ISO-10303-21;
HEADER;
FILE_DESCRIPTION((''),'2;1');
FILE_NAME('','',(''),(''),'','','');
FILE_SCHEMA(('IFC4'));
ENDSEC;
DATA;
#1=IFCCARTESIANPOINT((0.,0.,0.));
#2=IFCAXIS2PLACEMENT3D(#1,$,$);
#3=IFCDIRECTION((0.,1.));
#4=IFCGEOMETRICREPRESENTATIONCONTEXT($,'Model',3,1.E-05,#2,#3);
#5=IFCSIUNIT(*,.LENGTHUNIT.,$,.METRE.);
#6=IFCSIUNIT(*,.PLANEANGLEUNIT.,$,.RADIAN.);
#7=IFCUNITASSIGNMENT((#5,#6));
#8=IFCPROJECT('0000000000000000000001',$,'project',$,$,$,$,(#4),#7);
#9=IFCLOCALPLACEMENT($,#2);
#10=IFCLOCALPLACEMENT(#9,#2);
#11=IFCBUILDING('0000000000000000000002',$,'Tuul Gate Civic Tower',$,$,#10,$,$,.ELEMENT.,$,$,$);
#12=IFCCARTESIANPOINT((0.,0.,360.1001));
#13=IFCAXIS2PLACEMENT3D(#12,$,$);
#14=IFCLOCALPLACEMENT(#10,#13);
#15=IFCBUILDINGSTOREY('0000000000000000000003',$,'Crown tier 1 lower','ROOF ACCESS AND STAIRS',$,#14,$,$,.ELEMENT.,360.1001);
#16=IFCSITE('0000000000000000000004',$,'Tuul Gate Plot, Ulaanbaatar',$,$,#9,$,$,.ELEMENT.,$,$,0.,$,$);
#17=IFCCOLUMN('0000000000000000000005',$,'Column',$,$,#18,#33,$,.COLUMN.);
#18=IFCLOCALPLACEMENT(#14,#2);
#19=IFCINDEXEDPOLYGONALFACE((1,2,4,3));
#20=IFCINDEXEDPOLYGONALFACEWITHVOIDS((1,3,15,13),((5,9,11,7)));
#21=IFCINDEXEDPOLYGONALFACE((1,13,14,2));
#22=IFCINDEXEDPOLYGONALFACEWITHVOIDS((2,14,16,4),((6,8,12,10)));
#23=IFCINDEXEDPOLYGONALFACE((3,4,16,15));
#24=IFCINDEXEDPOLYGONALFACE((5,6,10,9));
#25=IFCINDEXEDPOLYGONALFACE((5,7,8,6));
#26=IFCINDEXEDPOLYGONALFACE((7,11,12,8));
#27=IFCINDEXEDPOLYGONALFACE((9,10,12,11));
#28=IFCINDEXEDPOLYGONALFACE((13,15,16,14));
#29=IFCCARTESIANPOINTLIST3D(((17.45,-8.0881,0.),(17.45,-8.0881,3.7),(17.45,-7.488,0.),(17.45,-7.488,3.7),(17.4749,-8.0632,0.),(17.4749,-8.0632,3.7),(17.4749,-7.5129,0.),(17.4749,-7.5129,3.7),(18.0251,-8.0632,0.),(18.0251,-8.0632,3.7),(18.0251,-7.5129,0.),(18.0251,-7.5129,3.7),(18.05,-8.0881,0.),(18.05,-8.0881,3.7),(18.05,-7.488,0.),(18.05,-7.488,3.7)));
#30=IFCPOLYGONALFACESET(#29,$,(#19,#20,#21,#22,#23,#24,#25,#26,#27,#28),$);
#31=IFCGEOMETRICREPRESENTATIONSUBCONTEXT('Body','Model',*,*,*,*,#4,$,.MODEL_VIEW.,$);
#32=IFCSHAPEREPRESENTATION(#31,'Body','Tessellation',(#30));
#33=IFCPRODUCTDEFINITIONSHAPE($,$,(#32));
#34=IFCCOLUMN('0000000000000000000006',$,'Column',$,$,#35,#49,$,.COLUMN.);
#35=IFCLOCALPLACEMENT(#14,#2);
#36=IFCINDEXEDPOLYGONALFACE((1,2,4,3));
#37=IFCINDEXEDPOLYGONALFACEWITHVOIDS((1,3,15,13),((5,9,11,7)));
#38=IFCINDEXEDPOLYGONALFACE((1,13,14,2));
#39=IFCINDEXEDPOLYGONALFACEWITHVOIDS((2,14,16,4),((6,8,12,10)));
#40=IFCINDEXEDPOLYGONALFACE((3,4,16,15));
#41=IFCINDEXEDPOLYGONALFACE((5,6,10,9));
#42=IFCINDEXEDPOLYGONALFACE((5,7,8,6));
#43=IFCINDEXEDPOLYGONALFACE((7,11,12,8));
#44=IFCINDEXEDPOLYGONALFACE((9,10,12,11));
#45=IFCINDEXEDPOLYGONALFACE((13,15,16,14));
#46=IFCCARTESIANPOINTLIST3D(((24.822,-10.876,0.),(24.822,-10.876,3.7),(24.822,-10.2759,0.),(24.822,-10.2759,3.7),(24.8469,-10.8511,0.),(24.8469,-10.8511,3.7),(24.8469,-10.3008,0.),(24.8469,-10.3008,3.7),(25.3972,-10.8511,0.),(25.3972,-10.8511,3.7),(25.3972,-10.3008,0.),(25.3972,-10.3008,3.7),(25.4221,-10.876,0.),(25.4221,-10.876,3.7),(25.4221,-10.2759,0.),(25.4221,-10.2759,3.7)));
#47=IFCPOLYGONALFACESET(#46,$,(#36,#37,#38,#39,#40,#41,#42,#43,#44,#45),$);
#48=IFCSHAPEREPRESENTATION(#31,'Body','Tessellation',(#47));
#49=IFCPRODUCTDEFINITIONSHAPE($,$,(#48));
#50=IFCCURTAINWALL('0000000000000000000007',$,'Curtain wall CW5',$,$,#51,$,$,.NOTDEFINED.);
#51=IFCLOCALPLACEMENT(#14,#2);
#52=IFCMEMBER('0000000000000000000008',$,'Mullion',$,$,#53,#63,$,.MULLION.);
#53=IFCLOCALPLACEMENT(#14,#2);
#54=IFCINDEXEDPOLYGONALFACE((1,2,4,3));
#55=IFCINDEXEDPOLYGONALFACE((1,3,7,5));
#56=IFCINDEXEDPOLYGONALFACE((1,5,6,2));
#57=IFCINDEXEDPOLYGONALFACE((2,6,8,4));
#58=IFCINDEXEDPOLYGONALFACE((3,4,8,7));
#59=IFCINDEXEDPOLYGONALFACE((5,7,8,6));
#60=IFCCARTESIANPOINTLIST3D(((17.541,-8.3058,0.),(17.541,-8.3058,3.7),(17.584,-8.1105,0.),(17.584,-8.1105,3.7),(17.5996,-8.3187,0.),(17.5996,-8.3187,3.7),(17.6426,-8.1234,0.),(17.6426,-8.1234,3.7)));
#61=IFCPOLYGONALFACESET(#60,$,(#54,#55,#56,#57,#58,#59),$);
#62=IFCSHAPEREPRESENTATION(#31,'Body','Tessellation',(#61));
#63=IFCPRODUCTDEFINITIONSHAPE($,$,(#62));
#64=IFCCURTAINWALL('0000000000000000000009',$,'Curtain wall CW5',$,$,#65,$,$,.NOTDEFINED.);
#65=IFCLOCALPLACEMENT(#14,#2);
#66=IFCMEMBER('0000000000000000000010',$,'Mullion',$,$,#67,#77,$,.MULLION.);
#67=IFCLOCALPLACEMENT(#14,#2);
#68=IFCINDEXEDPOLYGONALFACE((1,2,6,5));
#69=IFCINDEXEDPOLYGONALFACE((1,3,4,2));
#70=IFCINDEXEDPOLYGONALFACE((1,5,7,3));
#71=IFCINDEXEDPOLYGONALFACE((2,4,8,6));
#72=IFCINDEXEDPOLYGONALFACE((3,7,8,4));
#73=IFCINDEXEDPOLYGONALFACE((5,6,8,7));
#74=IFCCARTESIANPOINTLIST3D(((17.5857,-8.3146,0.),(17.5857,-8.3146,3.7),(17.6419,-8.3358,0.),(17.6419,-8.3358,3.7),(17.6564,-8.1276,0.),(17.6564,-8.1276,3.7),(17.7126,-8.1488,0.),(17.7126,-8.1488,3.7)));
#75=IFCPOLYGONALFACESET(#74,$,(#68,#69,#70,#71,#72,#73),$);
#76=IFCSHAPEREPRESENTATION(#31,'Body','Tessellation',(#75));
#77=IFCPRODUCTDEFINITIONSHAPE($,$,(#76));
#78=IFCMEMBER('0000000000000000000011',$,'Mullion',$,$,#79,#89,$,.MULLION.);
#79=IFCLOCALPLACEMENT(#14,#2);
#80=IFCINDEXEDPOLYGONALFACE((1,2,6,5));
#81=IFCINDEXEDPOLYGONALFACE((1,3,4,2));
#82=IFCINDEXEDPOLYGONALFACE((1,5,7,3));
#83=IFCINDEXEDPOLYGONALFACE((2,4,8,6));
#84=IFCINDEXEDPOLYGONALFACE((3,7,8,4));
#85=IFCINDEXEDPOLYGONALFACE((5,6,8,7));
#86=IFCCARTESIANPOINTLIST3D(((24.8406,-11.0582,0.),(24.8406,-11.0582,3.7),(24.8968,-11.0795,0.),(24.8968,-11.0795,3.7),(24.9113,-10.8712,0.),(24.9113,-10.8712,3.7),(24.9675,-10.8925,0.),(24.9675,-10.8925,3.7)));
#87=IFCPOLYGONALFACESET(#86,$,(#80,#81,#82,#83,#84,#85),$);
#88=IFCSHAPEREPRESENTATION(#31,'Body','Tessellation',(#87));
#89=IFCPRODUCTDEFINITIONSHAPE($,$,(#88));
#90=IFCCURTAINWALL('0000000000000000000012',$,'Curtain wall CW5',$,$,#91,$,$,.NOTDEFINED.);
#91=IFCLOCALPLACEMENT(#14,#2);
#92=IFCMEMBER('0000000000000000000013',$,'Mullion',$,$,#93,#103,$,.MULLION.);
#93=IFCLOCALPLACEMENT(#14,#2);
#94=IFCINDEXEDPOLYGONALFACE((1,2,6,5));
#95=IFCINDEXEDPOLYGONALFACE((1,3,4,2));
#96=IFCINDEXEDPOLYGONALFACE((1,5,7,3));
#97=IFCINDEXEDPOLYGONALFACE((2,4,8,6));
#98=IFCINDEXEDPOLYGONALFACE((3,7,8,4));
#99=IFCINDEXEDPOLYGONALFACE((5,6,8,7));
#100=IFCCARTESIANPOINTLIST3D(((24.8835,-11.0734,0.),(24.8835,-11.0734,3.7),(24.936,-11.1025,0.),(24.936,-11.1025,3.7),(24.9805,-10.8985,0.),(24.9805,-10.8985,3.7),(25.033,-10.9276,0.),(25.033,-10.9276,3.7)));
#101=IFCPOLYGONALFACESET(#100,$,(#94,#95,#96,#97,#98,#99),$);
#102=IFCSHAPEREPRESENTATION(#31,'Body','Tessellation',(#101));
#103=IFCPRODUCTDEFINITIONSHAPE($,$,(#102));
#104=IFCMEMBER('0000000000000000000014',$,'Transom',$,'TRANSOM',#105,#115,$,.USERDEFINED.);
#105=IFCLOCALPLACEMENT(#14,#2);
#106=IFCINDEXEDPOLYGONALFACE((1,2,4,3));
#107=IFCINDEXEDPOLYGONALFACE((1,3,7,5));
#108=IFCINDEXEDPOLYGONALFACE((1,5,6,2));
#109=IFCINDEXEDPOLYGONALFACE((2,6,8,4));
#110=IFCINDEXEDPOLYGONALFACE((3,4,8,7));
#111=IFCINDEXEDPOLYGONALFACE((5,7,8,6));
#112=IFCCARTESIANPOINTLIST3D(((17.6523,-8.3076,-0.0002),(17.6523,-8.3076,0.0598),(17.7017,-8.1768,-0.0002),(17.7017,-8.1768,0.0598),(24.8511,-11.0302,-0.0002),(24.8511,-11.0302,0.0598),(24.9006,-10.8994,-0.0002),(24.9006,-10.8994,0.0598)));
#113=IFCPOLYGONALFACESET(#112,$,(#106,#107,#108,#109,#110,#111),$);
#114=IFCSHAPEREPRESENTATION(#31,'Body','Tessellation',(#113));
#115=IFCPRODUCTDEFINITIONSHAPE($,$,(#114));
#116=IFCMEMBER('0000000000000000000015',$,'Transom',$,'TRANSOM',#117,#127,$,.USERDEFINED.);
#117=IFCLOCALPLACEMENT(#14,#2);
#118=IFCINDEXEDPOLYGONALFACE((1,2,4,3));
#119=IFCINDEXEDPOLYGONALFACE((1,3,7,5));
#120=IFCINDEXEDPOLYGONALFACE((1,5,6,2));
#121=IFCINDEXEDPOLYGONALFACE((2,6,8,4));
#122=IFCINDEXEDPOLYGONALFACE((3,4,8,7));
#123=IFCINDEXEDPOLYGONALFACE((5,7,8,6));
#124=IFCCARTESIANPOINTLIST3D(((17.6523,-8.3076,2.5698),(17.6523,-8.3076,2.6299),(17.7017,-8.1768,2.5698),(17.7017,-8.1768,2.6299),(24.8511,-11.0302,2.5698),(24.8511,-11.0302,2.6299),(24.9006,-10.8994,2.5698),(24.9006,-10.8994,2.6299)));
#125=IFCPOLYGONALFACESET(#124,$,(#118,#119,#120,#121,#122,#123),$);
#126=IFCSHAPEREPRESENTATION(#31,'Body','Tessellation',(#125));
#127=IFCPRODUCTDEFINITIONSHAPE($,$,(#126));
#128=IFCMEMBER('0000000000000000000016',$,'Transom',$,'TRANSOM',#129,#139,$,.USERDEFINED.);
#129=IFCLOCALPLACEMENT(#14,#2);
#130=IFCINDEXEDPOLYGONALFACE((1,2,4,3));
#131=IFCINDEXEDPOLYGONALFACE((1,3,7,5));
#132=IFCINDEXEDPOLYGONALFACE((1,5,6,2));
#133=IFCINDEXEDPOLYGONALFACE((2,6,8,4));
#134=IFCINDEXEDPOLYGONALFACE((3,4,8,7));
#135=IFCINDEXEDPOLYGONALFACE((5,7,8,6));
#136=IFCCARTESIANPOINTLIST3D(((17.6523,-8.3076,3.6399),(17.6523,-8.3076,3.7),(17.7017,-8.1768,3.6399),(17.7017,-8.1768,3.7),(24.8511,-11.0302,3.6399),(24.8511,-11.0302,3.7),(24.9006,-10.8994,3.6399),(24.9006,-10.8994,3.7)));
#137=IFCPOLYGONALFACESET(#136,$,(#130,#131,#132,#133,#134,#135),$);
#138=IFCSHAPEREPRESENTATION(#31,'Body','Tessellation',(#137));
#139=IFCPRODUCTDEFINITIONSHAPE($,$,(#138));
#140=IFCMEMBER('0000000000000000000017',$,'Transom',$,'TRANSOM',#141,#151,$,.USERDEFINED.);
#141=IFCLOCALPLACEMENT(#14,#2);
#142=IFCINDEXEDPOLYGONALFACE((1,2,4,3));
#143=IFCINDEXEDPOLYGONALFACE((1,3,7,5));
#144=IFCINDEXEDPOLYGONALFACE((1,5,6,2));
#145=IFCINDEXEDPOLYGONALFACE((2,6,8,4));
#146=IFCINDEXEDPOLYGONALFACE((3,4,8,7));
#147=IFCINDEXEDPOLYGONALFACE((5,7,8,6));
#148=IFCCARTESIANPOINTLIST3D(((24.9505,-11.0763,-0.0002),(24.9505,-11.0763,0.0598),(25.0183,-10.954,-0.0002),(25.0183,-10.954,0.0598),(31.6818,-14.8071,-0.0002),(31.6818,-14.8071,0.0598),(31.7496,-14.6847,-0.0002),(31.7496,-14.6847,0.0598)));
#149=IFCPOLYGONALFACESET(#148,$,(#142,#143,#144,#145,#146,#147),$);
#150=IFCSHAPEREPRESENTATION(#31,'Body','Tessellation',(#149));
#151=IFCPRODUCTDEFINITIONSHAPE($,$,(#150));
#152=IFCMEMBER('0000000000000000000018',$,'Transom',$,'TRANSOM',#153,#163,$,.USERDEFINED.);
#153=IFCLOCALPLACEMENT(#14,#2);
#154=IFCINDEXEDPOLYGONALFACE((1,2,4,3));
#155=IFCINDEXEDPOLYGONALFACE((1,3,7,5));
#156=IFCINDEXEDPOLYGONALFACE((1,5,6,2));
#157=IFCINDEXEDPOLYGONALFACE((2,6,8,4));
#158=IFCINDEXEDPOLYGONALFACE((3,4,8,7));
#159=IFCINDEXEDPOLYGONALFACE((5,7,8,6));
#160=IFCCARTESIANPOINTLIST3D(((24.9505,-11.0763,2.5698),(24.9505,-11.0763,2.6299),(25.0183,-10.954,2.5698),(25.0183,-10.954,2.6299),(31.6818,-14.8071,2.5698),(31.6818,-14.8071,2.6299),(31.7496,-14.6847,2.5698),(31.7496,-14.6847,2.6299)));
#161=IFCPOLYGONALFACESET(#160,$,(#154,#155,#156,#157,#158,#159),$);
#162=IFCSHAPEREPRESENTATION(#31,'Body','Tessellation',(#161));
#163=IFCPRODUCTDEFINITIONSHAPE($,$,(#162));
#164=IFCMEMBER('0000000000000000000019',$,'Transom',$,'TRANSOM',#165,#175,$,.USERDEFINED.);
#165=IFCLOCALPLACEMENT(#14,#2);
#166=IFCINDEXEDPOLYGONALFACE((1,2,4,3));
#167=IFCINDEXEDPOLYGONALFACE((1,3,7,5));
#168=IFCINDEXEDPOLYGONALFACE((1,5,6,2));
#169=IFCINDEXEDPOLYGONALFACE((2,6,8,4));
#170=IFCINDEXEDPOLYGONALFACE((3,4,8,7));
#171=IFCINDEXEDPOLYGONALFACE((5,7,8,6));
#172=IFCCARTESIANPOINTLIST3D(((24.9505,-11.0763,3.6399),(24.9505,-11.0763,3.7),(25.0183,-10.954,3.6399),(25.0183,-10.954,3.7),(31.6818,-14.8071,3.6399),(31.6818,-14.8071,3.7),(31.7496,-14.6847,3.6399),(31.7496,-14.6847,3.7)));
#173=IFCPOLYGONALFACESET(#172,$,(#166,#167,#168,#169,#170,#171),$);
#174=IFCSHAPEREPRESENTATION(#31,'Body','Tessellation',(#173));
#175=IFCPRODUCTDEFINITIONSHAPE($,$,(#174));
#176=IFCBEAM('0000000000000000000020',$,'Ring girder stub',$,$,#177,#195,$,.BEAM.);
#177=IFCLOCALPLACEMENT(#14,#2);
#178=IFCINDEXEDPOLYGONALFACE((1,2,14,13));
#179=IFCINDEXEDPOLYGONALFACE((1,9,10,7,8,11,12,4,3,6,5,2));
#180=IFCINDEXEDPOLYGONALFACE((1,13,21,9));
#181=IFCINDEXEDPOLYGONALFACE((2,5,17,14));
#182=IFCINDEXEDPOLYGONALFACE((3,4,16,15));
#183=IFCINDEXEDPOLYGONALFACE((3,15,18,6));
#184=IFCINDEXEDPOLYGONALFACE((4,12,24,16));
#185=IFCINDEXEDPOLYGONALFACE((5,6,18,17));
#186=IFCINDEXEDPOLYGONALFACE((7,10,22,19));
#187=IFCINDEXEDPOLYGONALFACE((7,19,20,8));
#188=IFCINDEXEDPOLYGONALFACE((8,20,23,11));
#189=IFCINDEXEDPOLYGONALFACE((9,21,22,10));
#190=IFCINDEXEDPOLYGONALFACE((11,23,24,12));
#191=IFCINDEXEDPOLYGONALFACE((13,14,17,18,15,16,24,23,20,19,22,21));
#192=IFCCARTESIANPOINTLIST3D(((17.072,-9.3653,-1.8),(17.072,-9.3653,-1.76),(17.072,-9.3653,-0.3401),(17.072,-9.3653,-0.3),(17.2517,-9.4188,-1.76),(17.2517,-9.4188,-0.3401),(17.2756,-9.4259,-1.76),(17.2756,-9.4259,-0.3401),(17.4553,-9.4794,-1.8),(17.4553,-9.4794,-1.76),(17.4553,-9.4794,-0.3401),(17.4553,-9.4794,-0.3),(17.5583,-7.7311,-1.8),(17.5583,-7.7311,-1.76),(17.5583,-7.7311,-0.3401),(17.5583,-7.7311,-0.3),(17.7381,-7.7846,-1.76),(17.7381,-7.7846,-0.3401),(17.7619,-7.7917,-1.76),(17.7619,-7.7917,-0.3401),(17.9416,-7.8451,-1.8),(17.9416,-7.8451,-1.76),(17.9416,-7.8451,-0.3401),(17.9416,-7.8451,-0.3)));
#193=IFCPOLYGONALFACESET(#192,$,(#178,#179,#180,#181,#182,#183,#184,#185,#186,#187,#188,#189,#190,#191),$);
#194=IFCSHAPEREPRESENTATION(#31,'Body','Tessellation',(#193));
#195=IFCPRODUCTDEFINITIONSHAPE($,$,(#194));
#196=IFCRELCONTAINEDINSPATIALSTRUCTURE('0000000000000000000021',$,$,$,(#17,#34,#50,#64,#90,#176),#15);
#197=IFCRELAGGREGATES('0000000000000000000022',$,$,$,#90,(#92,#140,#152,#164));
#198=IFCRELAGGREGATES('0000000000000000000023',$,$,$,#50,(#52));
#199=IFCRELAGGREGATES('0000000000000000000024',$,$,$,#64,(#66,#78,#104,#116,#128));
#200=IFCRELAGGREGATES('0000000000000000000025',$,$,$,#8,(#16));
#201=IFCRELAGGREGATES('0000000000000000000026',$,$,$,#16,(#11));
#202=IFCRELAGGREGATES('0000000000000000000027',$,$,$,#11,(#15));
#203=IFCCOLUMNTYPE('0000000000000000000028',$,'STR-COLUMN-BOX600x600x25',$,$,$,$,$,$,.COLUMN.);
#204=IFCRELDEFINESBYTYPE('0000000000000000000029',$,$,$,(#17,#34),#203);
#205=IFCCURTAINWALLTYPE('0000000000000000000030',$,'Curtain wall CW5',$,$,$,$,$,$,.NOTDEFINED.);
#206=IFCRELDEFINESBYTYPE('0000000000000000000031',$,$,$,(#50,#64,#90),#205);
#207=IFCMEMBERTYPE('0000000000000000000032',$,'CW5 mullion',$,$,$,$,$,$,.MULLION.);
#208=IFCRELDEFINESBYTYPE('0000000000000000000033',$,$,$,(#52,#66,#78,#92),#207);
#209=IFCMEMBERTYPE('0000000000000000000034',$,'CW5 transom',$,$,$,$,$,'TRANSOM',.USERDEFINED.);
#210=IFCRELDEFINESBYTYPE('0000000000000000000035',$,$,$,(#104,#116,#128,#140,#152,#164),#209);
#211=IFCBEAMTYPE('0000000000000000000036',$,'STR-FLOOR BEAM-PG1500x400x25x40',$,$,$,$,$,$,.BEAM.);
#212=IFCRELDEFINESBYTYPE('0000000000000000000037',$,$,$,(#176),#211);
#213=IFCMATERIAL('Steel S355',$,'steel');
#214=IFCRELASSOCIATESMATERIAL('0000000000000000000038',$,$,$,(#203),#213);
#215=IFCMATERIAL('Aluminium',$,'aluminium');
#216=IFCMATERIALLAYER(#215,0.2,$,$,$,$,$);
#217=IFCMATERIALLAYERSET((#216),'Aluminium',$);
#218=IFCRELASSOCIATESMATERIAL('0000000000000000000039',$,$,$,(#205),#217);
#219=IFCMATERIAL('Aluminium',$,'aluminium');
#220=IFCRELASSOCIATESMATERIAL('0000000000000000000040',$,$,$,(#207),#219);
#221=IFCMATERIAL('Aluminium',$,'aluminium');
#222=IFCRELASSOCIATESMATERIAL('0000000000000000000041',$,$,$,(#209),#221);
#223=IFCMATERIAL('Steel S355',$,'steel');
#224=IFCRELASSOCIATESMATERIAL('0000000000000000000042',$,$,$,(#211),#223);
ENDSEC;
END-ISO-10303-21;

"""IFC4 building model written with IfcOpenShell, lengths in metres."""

from ifc_helpers import new_model, si_unit, direction, frame, origin, origin_2d, place, context, subcontext, project, spatial, rectangle, hollow_rectangle, i_section, extrude, material, layer, layer_set, material_profile, profile_set, type_object, element, aggregate, save


model = new_model("IFC4")

# Units and contexts
model_context = context("Model", 3, precision=1e-05, world=origin(), true_north=direction((0.0, 1.0)))
body_context = subcontext(model_context, "Body", "Model", "MODEL_VIEW")
ifc_project = project(units=[si_unit("LENGTHUNIT", "METRE"), si_unit("PLANEANGLEUNIT", "RADIAN")], contexts=[model_context])

# Site, building, storey
site_placement = place(None, origin())
site = spatial("IfcSite", under=ifc_project, at=site_placement, Name="Tuul Gate Plot, Ulaanbaatar", CompositionType="ELEMENT", RefElevation=0.0)
building_placement = place(site_placement, origin())
building = spatial("IfcBuilding", under=site, at=building_placement, Name="Tuul Gate Civic Tower", CompositionType="ELEMENT")
storey_placement = place(building_placement, frame((0.0, 0.0, 360.1001)))
storey = spatial("IfcBuildingStorey", under=building, at=storey_placement, Name="Crown tier 1 lower", Description="ROOF ACCESS AND STAIRS", CompositionType="ELEMENT", Elevation=360.1001)

# Columns
ifc_material_1 = material(Name="Steel S355", Category="steel")
ifc_material_profile_1 = material_profile(ifc_material_1, hollow_rectangle(XDim=0.6001, YDim=0.6001, WallThickness=0.0249, at=origin_2d()), Name="BOX600x600x25")
ifc_profile_set_1 = profile_set([ifc_material_profile_1], Name="Steel S355")
column_type = type_object("IfcColumnType", Name="STR-COLUMN-BOX600x600x25", PredefinedType="COLUMN", material=ifc_profile_set_1)
for number, where, z_axis, x_axis, name in (
    (1, (17.75, -7.7881, 0.0), (0.0, 0.0, 1.0), (1.0, 0.0, 0.0), "Column"),
    (2, (25.1221, -10.5759, 0.0), (0.0, 0.0, 1.0), (1.0, 0.0, 0.0), "Column"),
):
    element("IfcColumn", number, at=place(storey_placement, frame(where, z_axis=z_axis, x_axis=x_axis)), inside=storey, type_object=column_type, Name=name, PredefinedType="COLUMN", context=body_context, shape_type="SweptSolid", body=[
        extrude(hollow_rectangle(XDim=0.6001, YDim=0.6001, WallThickness=0.0249, at=origin_2d()), origin(), (0.0, 0.0, 1.0), 3.7),
    ])

# Curtain wall, member
ifc_material_2 = material(Name="Aluminium", Category="aluminium")
ifc_layer_1 = layer(ifc_material_2, 0.2)
ifc_layer_set_1 = layer_set([ifc_layer_1], Name="Aluminium")
curtain_wall_type = type_object("IfcCurtainWallType", Name="Curtain wall CW5", PredefinedType="NOTDEFINED", material=ifc_layer_set_1)
curtain_wall_1_placement = place(storey_placement, origin())
curtain_wall_1 = element("IfcCurtainWall", 3, at=curtain_wall_1_placement, inside=storey, type_object=curtain_wall_type, Name="Curtain wall CW5", PredefinedType="NOTDEFINED")
ifc_material_3 = material(Name="Aluminium", Category="aluminium")
ifc_material_profile_2 = material_profile(ifc_material_3, rectangle(XDim=0.2, YDim=0.0601, at=origin_2d()), Name="CW5 mullion")
ifc_profile_set_2 = profile_set([ifc_material_profile_2], Name="Aluminium")
member_type_1 = type_object("IfcMemberType", Name="CW5 mullion", PredefinedType="MULLION", material=ifc_profile_set_2)
member_1_placement = place(storey_placement, frame((17.5918, -8.2146, 0.0), z_axis=(0.0, 0.0, 1.0), x_axis=(0.215196, 0.976571, 0.0)))
member_1 = element("IfcMember", 4, at=member_1_placement, type_object=member_type_1, Name="Mullion", PredefinedType="MULLION", context=body_context, shape_type="SweptSolid", body=[
    extrude(rectangle(XDim=0.2, YDim=0.0601, at=origin_2d()), origin(), (0.0, 0.0, 1.0), 3.7),
])

# Curtain wall, members
curtain_wall_2_placement = place(storey_placement, origin())
curtain_wall_2 = element("IfcCurtainWall", 5, at=curtain_wall_2_placement, inside=storey, type_object=curtain_wall_type, Name="Curtain wall CW5", PredefinedType="NOTDEFINED")
member_2_placement = place(storey_placement, frame((17.6492, -8.2317, 0.0), z_axis=(0.0, 0.0, 1.0), x_axis=(0.353744, 0.935342, 0.0)))
member_2 = element("IfcMember", 6, at=member_2_placement, type_object=member_type_1, Name="Mullion", PredefinedType="MULLION", context=body_context, shape_type="SweptSolid", body=[
    extrude(rectangle(XDim=0.2, YDim=0.0601, at=origin_2d()), origin(), (0.0, 0.0, 1.0), 3.7),
])
member_3_placement = place(storey_placement, frame((24.9041, -10.9753, 0.0), z_axis=(0.0, 0.0, 1.0), x_axis=(0.353744, 0.935342, 0.0)))
member_3 = element("IfcMember", 7, at=member_3_placement, type_object=member_type_1, Name="Mullion", PredefinedType="MULLION", context=body_context, shape_type="SweptSolid", body=[
    extrude(rectangle(XDim=0.2, YDim=0.0601, at=origin_2d()), origin(), (0.0, 0.0, 1.0), 3.7),
])

# Curtain wall, member
curtain_wall_3_placement = place(storey_placement, origin())
curtain_wall_3 = element("IfcCurtainWall", 8, at=curtain_wall_3_placement, inside=storey, type_object=curtain_wall_type, Name="Curtain wall CW5", PredefinedType="NOTDEFINED")
member_4_placement = place(storey_placement, frame((24.9583, -11.0005, 0.0), z_axis=(0.0, 0.0, 1.0), x_axis=(0.484784, 0.874634, 0.0)))
member_4 = element("IfcMember", 9, at=member_4_placement, type_object=member_type_1, Name="Mullion", PredefinedType="MULLION", context=body_context, shape_type="SweptSolid", body=[
    extrude(rectangle(XDim=0.2, YDim=0.0601, at=origin_2d()), origin(), (0.0, 0.0, 1.0), 3.7),
])

# Members
ifc_material_4 = material(Name="Aluminium", Category="aluminium")
ifc_material_profile_3 = material_profile(ifc_material_4, rectangle(XDim=0.1399, YDim=0.0601, at=origin_2d()), Name="CW5 transom")
ifc_profile_set_3 = profile_set([ifc_material_profile_3], Name="Aluminium")
member_type_2 = type_object("IfcMemberType", Name="CW5 transom", ElementType="TRANSOM", PredefinedType="USERDEFINED", material=ifc_profile_set_3)
member_5_placement = place(storey_placement, frame((17.677, -8.2422, 0.0298), z_axis=(0.935341, -0.353747, 0.0), x_axis=(0.353747, 0.935341, 0.0)))
member_5 = element("IfcMember", 10, at=member_5_placement, type_object=member_type_2, Name="Transom", ObjectType="TRANSOM", PredefinedType="USERDEFINED", context=body_context, shape_type="SweptSolid", body=[
    extrude(rectangle(XDim=0.1399, YDim=0.0601, at=origin_2d()), origin(), (0.0, 0.0, 1.0), 7.6965),
])
member_6_placement = place(storey_placement, frame((17.677, -8.2422, 2.5999), z_axis=(0.935341, -0.353747, 0.0), x_axis=(0.353747, 0.935341, 0.0)))
member_6 = element("IfcMember", 11, at=member_6_placement, type_object=member_type_2, Name="Transom", ObjectType="TRANSOM", PredefinedType="USERDEFINED", context=body_context, shape_type="SweptSolid", body=[
    extrude(rectangle(XDim=0.1399, YDim=0.0601, at=origin_2d()), origin(), (0.0, 0.0, 1.0), 7.6965),
])
member_7_placement = place(storey_placement, frame((17.677, -8.2422, 3.6699), z_axis=(0.935341, -0.353747, 0.0), x_axis=(0.353747, 0.935341, 0.0)))
member_7 = element("IfcMember", 12, at=member_7_placement, type_object=member_type_2, Name="Transom", ObjectType="TRANSOM", PredefinedType="USERDEFINED", context=body_context, shape_type="SweptSolid", body=[
    extrude(rectangle(XDim=0.1399, YDim=0.0601, at=origin_2d()), origin(), (0.0, 0.0, 1.0), 7.6965),
])
member_8_placement = place(storey_placement, frame((24.9844, -11.0151, 0.0298), z_axis=(0.874645, -0.484765, 0.0), x_axis=(0.484765, 0.874645, 0.0)))
member_8 = element("IfcMember", 13, at=member_8_placement, type_object=member_type_2, Name="Transom", ObjectType="TRANSOM", PredefinedType="USERDEFINED", context=body_context, shape_type="SweptSolid", body=[
    extrude(rectangle(XDim=0.1399, YDim=0.0601, at=origin_2d()), origin(), (0.0, 0.0, 1.0), 7.696),
])
member_9_placement = place(storey_placement, frame((24.9844, -11.0151, 2.5999), z_axis=(0.874645, -0.484765, 0.0), x_axis=(0.484765, 0.874645, 0.0)))
member_9 = element("IfcMember", 14, at=member_9_placement, type_object=member_type_2, Name="Transom", ObjectType="TRANSOM", PredefinedType="USERDEFINED", context=body_context, shape_type="SweptSolid", body=[
    extrude(rectangle(XDim=0.1399, YDim=0.0601, at=origin_2d()), origin(), (0.0, 0.0, 1.0), 7.696),
])
member_10_placement = place(storey_placement, frame((24.9844, -11.0151, 3.6699), z_axis=(0.874645, -0.484765, 0.0), x_axis=(0.484765, 0.874645, 0.0)))
member_10 = element("IfcMember", 15, at=member_10_placement, type_object=member_type_2, Name="Transom", ObjectType="TRANSOM", PredefinedType="USERDEFINED", context=body_context, shape_type="SweptSolid", body=[
    extrude(rectangle(XDim=0.1399, YDim=0.0601, at=origin_2d()), origin(), (0.0, 0.0, 1.0), 7.696),
])
aggregate(curtain_wall_3, [member_4, member_8, member_9, member_10])

# Beam
ifc_material_5 = material(Name="Steel S355", Category="steel")
ifc_material_profile_4 = material_profile(ifc_material_5, i_section(OverallWidth=0.3999, OverallDepth=1.5, WebThickness=0.0249, FlangeThickness=0.04, at=origin_2d()), Name="PG1500x400x25x40")
ifc_profile_set_4 = profile_set([ifc_material_profile_4], Name="Steel S355")
beam_type_1 = type_object("IfcBeamType", Name="STR-FLOOR BEAM-PG1500x400x25x40", PredefinedType="BEAM", material=ifc_profile_set_4)
beam_1_placement = place(storey_placement, frame((17.2637, -9.4224, -1.05), z_axis=(0.285219, 0.958462, 0.0), x_axis=(-0.958462, 0.285219, 0.0)))
element("IfcBeam", 16, at=beam_1_placement, inside=storey, type_object=beam_type_1, Name="Ring girder stub", PredefinedType="BEAM", context=body_context, shape_type="SweptSolid", body=[
    extrude(i_section(OverallWidth=0.3999, OverallDepth=1.5, WebThickness=0.0249, FlangeThickness=0.04, at=origin_2d()), origin(), (0.0, 0.0, 1.0), 1.7051),
])

aggregate(curtain_wall_1, [member_1])
aggregate(curtain_wall_2, [member_2, member_3, member_5, member_6, member_7])

save(model, "model.ifc")
